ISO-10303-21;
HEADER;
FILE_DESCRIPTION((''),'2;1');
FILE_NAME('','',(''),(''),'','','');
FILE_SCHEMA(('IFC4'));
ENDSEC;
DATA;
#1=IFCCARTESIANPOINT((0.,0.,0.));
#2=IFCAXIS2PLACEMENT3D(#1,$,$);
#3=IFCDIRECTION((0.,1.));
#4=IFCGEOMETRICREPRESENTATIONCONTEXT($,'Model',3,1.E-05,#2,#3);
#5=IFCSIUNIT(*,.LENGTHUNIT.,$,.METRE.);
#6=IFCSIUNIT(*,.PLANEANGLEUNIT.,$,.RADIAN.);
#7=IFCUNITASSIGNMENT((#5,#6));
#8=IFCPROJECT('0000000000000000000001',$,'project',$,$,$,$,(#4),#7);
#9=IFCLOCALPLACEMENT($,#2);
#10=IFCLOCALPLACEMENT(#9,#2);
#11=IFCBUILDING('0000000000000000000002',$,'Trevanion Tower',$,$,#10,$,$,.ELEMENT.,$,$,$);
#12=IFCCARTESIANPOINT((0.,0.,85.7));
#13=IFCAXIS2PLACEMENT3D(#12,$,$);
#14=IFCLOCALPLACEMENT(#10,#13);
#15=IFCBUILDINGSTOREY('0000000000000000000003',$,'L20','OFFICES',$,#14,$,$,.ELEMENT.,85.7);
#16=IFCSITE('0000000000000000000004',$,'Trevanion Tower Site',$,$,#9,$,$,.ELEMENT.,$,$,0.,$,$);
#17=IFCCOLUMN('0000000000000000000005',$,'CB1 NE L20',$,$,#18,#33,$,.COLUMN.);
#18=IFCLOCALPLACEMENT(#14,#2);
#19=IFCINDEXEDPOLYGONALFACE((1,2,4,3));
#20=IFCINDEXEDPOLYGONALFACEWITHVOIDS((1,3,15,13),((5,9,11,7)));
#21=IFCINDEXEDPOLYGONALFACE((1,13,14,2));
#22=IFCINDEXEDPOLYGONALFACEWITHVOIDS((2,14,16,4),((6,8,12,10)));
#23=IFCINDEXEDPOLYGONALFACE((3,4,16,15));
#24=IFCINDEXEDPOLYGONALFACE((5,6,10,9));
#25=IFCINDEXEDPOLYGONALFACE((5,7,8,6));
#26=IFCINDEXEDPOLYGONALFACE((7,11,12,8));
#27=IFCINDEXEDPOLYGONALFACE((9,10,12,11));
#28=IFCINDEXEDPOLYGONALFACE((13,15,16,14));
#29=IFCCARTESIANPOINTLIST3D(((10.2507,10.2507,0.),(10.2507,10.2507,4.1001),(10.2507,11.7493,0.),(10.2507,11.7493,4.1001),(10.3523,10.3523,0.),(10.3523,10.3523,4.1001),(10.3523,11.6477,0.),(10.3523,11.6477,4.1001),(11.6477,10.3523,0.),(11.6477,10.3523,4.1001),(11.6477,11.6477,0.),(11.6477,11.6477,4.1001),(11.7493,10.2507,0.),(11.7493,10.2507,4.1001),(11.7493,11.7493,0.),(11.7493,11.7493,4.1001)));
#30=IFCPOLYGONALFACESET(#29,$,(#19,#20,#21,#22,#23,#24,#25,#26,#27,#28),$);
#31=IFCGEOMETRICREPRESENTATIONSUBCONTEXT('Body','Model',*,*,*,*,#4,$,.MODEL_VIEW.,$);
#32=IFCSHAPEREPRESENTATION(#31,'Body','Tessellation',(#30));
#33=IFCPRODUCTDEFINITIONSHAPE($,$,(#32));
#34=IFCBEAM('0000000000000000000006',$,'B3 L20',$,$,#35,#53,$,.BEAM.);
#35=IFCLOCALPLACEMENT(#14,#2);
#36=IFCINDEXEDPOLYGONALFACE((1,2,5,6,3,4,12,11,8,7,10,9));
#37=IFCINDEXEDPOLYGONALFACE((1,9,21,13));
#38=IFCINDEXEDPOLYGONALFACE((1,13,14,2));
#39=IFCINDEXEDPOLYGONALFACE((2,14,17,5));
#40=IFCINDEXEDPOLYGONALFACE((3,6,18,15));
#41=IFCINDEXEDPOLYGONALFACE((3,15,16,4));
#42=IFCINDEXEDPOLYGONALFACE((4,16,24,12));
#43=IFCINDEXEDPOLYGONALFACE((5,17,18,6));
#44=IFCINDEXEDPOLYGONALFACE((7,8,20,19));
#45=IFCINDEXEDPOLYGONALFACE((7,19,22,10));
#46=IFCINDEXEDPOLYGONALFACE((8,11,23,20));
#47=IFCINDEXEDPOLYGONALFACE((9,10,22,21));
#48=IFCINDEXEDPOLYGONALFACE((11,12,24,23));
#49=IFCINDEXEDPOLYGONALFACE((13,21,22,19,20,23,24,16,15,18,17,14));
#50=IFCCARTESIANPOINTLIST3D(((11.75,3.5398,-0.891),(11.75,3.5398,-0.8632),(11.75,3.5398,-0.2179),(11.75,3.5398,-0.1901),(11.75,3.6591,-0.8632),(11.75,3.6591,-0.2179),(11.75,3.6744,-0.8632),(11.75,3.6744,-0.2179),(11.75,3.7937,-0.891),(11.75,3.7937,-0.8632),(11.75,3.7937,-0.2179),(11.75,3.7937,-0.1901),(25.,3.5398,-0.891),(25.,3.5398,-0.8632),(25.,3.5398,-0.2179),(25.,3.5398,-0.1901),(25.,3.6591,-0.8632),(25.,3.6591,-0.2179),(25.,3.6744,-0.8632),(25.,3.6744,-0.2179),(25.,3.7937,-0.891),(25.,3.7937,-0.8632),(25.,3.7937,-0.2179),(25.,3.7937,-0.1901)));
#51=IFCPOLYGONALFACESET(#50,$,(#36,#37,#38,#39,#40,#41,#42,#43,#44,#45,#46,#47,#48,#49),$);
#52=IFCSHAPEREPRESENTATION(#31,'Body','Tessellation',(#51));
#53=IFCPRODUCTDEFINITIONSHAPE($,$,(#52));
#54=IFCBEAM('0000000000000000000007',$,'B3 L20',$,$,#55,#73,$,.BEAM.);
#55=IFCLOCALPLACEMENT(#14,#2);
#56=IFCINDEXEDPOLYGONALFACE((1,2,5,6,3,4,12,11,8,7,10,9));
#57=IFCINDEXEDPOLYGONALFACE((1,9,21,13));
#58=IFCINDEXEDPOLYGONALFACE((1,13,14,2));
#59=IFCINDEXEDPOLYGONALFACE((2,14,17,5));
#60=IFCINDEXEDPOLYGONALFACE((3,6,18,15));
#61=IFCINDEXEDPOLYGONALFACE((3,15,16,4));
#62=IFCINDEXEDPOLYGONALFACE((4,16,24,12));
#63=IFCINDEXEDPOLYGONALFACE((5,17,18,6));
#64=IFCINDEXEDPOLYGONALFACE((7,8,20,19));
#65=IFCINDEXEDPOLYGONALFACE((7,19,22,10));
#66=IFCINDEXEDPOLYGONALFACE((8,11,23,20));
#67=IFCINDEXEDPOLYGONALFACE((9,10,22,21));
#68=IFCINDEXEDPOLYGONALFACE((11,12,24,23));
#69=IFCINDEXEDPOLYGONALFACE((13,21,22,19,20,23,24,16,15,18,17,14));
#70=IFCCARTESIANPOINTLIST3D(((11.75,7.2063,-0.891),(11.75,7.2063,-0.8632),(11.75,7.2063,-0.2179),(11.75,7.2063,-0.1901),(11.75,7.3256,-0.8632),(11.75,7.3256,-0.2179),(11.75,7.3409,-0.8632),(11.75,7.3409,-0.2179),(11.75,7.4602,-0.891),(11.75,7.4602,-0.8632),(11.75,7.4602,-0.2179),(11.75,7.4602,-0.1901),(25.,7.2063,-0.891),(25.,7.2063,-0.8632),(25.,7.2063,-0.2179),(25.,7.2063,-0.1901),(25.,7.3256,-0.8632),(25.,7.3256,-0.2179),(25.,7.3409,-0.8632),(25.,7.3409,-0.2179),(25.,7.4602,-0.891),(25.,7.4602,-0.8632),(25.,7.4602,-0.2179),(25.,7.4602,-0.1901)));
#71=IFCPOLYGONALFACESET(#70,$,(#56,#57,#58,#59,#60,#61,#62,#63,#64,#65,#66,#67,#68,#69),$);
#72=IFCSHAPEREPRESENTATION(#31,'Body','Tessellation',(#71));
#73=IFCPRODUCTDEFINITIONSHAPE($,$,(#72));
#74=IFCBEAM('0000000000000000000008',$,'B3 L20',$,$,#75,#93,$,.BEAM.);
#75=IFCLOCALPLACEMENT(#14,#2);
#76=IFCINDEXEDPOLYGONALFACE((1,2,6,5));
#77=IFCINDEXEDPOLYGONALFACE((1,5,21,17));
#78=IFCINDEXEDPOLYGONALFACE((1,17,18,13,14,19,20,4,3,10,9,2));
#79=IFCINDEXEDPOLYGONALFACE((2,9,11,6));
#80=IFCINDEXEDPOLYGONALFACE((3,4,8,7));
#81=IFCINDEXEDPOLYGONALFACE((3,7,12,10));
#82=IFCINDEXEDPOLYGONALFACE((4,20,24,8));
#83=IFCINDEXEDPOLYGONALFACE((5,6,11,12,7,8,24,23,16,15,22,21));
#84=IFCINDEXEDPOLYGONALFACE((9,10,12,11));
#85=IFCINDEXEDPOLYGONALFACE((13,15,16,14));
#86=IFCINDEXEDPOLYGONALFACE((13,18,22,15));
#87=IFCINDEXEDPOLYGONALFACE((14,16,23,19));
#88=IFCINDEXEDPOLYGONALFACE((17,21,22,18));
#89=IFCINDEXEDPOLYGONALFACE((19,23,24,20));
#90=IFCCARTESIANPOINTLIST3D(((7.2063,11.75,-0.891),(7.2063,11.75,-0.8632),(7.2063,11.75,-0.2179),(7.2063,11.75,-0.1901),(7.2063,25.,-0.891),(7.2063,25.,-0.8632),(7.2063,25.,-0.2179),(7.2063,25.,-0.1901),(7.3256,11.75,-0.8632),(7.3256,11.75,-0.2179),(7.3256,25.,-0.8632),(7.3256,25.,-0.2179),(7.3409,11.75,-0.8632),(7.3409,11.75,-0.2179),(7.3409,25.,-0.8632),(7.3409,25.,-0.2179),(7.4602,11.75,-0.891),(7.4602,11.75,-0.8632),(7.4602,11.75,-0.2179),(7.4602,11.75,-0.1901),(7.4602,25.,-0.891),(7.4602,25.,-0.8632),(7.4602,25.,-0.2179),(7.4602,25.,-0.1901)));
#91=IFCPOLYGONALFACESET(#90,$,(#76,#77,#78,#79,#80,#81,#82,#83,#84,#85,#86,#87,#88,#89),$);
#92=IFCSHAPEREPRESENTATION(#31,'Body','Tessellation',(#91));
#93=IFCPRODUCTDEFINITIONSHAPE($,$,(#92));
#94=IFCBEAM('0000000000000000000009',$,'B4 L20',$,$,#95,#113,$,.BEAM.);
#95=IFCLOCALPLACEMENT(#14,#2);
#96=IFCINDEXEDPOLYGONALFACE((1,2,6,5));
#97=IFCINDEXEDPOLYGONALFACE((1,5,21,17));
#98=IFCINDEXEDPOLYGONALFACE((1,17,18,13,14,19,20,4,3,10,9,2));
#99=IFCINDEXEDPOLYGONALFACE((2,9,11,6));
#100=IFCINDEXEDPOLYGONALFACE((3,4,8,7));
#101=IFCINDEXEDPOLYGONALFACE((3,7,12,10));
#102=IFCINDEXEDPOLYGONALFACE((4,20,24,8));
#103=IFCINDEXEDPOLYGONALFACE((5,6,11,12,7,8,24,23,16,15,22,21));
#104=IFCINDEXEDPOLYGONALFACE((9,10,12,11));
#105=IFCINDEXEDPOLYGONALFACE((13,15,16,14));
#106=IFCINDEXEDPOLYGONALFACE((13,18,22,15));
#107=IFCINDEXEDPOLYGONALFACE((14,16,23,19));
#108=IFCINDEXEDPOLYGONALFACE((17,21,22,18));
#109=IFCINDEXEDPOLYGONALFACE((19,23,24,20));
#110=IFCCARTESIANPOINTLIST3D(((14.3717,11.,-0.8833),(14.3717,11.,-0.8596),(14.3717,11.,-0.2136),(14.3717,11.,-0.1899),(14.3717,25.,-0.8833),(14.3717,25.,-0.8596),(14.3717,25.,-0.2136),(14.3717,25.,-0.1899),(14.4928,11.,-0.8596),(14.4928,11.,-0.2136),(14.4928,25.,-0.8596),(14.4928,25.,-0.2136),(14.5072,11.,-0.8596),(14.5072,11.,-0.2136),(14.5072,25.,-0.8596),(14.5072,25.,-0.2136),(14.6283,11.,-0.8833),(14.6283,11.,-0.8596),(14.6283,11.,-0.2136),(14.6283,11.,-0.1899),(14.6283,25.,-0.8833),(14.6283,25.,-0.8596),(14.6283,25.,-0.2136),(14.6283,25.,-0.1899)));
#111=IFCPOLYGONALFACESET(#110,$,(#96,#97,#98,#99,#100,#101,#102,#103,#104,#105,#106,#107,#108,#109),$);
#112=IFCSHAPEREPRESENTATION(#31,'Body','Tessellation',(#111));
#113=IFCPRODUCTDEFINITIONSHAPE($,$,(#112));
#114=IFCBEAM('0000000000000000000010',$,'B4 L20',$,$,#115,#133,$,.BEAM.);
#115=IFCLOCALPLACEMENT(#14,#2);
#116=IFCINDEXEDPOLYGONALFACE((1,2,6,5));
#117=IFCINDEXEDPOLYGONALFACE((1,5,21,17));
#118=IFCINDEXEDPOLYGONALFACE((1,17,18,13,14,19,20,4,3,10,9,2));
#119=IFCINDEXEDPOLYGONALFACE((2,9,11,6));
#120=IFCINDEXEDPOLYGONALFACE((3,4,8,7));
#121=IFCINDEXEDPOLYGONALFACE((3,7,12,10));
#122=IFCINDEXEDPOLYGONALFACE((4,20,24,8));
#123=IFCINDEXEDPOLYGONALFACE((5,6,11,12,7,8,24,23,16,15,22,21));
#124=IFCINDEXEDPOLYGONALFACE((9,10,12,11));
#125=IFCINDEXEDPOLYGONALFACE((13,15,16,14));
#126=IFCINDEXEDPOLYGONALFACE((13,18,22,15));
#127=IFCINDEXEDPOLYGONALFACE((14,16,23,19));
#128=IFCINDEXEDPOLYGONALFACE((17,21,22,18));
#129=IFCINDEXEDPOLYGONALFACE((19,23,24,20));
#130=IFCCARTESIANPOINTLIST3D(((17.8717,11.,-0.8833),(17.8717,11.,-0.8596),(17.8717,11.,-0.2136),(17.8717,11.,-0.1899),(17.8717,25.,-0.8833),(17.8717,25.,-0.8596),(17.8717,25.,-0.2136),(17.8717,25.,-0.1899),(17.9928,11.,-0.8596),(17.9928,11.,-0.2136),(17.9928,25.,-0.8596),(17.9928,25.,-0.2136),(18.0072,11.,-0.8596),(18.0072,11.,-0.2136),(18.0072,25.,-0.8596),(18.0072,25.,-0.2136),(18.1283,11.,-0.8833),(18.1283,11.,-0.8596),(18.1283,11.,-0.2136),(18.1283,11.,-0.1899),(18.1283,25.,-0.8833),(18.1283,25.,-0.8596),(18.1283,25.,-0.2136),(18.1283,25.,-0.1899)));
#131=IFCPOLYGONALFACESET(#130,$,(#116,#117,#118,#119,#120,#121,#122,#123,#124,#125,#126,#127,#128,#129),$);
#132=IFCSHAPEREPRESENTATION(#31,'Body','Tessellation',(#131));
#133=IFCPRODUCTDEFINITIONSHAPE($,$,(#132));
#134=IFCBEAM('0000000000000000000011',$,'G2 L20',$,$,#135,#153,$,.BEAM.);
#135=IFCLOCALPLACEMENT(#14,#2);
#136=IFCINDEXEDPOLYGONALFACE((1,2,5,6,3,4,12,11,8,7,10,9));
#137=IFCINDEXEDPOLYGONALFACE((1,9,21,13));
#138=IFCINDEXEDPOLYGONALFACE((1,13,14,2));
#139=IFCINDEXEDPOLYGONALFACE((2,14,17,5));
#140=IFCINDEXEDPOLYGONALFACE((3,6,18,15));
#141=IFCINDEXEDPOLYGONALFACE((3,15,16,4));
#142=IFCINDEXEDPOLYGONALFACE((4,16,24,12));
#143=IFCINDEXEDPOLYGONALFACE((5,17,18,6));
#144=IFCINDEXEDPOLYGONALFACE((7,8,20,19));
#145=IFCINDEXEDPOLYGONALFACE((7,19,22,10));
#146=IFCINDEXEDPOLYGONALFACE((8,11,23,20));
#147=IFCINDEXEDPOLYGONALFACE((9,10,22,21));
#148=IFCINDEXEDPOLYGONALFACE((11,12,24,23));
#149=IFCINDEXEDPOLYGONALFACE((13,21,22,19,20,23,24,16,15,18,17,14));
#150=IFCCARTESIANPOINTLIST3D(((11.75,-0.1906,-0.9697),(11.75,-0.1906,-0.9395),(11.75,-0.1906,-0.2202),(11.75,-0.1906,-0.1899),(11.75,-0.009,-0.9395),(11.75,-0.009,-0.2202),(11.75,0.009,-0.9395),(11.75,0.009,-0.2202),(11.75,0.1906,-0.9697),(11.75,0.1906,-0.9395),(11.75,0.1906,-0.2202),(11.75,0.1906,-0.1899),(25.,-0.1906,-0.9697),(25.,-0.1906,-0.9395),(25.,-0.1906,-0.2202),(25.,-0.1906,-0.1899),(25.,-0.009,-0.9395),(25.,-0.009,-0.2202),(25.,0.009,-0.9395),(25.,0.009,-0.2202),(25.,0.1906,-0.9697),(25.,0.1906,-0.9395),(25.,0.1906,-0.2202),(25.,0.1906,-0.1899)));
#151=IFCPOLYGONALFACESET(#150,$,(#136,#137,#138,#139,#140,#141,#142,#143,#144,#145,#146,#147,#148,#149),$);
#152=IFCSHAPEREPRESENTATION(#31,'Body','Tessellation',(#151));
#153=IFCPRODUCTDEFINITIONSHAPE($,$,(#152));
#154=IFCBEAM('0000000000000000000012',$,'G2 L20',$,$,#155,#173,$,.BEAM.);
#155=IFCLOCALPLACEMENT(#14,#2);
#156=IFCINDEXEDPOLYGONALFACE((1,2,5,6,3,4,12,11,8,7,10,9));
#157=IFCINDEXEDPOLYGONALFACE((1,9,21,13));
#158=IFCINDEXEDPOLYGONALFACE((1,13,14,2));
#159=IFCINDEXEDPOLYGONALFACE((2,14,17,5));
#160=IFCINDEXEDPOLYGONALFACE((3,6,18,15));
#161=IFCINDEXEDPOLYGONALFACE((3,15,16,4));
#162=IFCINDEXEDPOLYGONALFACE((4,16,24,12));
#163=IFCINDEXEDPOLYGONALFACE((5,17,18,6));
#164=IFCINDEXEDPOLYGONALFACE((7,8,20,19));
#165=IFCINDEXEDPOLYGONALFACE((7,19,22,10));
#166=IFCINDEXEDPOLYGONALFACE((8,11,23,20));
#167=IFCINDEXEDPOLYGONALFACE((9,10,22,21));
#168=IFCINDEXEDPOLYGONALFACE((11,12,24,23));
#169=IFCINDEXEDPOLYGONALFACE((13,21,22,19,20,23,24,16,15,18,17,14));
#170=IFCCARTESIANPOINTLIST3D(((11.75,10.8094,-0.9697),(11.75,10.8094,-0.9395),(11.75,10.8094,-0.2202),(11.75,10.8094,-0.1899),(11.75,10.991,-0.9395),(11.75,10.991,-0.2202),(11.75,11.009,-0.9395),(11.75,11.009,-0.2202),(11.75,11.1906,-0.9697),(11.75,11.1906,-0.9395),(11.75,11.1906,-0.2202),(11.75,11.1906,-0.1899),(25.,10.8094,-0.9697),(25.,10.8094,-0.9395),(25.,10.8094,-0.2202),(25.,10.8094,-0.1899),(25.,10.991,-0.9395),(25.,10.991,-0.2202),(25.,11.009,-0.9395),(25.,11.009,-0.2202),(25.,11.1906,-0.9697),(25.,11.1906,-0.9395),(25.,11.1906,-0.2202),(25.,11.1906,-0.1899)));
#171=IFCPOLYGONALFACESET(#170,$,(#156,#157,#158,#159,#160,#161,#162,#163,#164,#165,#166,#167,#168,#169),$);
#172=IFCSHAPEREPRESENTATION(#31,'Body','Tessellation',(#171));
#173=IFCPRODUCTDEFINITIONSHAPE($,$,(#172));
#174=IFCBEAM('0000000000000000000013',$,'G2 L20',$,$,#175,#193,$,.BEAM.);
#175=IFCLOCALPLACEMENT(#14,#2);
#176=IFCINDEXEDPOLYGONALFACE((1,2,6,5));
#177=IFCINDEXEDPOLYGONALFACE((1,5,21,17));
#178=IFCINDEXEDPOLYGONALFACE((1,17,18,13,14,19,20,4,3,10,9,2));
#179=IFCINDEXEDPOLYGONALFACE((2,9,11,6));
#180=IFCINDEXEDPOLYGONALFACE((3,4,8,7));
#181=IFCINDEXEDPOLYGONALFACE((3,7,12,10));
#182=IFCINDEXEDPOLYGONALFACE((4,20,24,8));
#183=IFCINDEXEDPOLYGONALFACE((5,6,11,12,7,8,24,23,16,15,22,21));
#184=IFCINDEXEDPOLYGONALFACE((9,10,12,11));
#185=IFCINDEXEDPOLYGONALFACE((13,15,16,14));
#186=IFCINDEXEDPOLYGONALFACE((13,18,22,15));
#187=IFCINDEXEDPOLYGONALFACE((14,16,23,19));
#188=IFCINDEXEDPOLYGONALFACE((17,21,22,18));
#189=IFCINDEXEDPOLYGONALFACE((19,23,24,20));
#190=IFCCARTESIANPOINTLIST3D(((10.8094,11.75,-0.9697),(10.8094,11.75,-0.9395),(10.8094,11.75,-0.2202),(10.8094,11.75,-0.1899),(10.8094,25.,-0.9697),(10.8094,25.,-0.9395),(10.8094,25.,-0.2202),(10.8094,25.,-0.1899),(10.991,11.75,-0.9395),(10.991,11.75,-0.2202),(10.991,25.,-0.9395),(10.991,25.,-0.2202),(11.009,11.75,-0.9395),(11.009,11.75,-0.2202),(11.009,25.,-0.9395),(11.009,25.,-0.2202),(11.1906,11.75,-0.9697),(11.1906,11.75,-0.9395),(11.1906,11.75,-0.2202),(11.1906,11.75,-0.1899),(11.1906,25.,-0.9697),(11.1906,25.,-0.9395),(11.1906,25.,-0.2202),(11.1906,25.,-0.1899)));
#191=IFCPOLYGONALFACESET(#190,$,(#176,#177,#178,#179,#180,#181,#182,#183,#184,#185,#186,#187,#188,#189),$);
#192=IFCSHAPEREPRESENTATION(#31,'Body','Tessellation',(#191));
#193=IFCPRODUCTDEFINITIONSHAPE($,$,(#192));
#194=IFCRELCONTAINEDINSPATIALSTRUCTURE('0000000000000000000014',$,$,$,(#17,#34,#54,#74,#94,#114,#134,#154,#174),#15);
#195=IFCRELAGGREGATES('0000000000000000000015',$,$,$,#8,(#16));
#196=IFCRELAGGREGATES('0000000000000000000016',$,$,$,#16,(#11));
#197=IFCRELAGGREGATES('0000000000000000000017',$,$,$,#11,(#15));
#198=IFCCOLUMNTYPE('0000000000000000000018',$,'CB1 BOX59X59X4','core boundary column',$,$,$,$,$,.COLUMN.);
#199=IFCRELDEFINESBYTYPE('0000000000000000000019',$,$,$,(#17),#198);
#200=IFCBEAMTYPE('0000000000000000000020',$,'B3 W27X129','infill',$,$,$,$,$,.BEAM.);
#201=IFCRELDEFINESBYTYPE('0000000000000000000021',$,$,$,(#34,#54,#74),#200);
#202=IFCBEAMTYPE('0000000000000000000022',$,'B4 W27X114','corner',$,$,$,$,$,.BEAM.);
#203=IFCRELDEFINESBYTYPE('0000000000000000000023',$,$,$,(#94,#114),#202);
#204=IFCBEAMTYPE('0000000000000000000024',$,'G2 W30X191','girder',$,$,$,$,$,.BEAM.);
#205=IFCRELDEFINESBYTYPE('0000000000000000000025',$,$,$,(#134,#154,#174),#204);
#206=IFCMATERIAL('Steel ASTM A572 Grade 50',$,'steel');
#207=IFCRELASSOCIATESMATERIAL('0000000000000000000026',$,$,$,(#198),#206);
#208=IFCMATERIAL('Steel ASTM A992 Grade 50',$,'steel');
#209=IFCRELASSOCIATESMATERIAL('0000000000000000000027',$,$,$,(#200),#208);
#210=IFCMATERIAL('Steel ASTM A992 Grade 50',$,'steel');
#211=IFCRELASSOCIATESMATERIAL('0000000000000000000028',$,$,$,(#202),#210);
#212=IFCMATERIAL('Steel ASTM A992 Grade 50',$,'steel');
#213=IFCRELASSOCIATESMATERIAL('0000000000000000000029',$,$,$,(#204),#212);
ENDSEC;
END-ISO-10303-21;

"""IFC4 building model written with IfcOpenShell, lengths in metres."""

from ifc_helpers import new_model, si_unit, direction, frame, origin, origin_2d, place, context, subcontext, project, spatial, hollow_rectangle, i_section, extrude, material, material_profile, profile_set, type_object, element, save


model = new_model("IFC4")

# Units and contexts
model_context = context("Model", 3, precision=1e-05, world=origin(), true_north=direction((0.0, 1.0)))
body_context = subcontext(model_context, "Body", "Model", "MODEL_VIEW")
ifc_project = project(units=[si_unit("LENGTHUNIT", "METRE"), si_unit("PLANEANGLEUNIT", "RADIAN")], contexts=[model_context])

# Site, building, storey
site_placement = place(None, origin())
site = spatial("IfcSite", under=ifc_project, at=site_placement, Name="Trevanion Tower Site", CompositionType="ELEMENT", RefElevation=0.0)
building_placement = place(site_placement, origin())
building = spatial("IfcBuilding", under=site, at=building_placement, Name="Trevanion Tower", CompositionType="ELEMENT")
storey_placement = place(building_placement, frame((0.0, 0.0, 85.7)))
storey = spatial("IfcBuildingStorey", under=building, at=storey_placement, Name="L20", Description="OFFICES", CompositionType="ELEMENT", Elevation=85.7)

# Column
ifc_material_1 = material(Name="Steel ASTM A572 Grade 50", Category="steel")
ifc_material_profile_1 = material_profile(ifc_material_1, hollow_rectangle(XDim=1.4985, YDim=1.4985, WallThickness=0.1016, at=origin_2d()), Name="BOX59X59X4")
ifc_profile_set_1 = profile_set([ifc_material_profile_1], Name="Steel ASTM A572 Grade 50")
column_type = type_object("IfcColumnType", Name="CB1 BOX59X59X4", Description="core boundary column", PredefinedType="COLUMN", material=ifc_profile_set_1)
column_placement = place(storey_placement, frame((11.0, 11.0, 0.0), z_axis=(0.0, 0.0, 1.0), x_axis=(1.0, 0.0, 0.0)))
element("IfcColumn", 1, at=column_placement, inside=storey, type_object=column_type, Name="CB1 NE L20", PredefinedType="COLUMN", context=body_context, shape_type="SweptSolid", body=[
    extrude(hollow_rectangle(XDim=1.4985, YDim=1.4985, WallThickness=0.1016, at=origin_2d()), origin(), (0.0, 0.0, 1.0), 4.1001),
])

# Beams
ifc_material_2 = material(Name="Steel ASTM A992 Grade 50", Category="steel")
ifc_material_profile_2 = material_profile(ifc_material_2, i_section(OverallWidth=0.2539, OverallDepth=0.7009, WebThickness=0.0154, FlangeThickness=0.0278, at=origin_2d()), Name="W27X129")
ifc_profile_set_2 = profile_set([ifc_material_profile_2], Name="Steel ASTM A992 Grade 50")
beam_type_1 = type_object("IfcBeamType", Name="B3 W27X129", Description="infill", PredefinedType="BEAM", material=ifc_profile_set_2)
for number, where, z_axis, x_axis, name in (
    (2, (11.75, 3.6667, -0.5405), (1.0, 0.0, 0.0), (0.0, 1.0, 0.0), "B3 L20"),
    (3, (11.75, 7.3333, -0.5405), (1.0, 0.0, 0.0), (0.0, 1.0, 0.0), "B3 L20"),
    (4, (7.3333, 11.75, -0.5405), (0.0, 1.0, 0.0), (-1.0, 0.0, 0.0), "B3 L20"),
):
    element("IfcBeam", number, at=place(storey_placement, frame(where, z_axis=z_axis, x_axis=x_axis)), inside=storey, type_object=beam_type_1, Name=name, PredefinedType="BEAM", context=body_context, shape_type="SweptSolid", body=[
        extrude(i_section(OverallWidth=0.2539, OverallDepth=0.7009, WebThickness=0.0154, FlangeThickness=0.0278, at=origin_2d()), origin(), (0.0, 0.0, 1.0), 13.25),
    ])
ifc_material_3 = material(Name="Steel ASTM A992 Grade 50", Category="steel")
ifc_material_profile_3 = material_profile(ifc_material_3, i_section(OverallWidth=0.2566, OverallDepth=0.6934, WebThickness=0.0144, FlangeThickness=0.0237, at=origin_2d()), Name="W27X114")
ifc_profile_set_3 = profile_set([ifc_material_profile_3], Name="Steel ASTM A992 Grade 50")
beam_type_2 = type_object("IfcBeamType", Name="B4 W27X114", Description="corner", PredefinedType="BEAM", material=ifc_profile_set_3)
for number, where, z_axis, x_axis, name in (
    (5, (14.5, 11.0, -0.5366), (0.0, 1.0, 0.0), (-1.0, 0.0, 0.0), "B4 L20"),
    (6, (18.0, 11.0, -0.5366), (0.0, 1.0, 0.0), (-1.0, 0.0, 0.0), "B4 L20"),
):
    element("IfcBeam", number, at=place(storey_placement, frame(where, z_axis=z_axis, x_axis=x_axis)), inside=storey, type_object=beam_type_2, Name=name, PredefinedType="BEAM", context=body_context, shape_type="SweptSolid", body=[
        extrude(i_section(OverallWidth=0.2566, OverallDepth=0.6934, WebThickness=0.0144, FlangeThickness=0.0237, at=origin_2d()), origin(), (0.0, 0.0, 1.0), 14.0),
    ])
ifc_material_4 = material(Name="Steel ASTM A992 Grade 50", Category="steel")
ifc_material_profile_4 = material_profile(ifc_material_4, i_section(OverallWidth=0.3811, OverallDepth=0.7798, WebThickness=0.0181, FlangeThickness=0.0303, at=origin_2d()), Name="W30X191")
ifc_profile_set_4 = profile_set([ifc_material_profile_4], Name="Steel ASTM A992 Grade 50")
beam_type_3 = type_object("IfcBeamType", Name="G2 W30X191", Description="girder", PredefinedType="BEAM", material=ifc_profile_set_4)
for number, where, z_axis, x_axis, name in (
    (7, (11.75, 0.0, -0.5798), (1.0, 0.0, 0.0), (0.0, 1.0, 0.0), "G2 L20"),
    (8, (11.75, 11.0, -0.5798), (1.0, 0.0, 0.0), (0.0, 1.0, 0.0), "G2 L20"),
    (9, (11.0, 11.75, -0.5798), (0.0, 1.0, 0.0), (-1.0, 0.0, 0.0), "G2 L20"),
):
    element("IfcBeam", number, at=place(storey_placement, frame(where, z_axis=z_axis, x_axis=x_axis)), inside=storey, type_object=beam_type_3, Name=name, PredefinedType="BEAM", context=body_context, shape_type="SweptSolid", body=[
        extrude(i_section(OverallWidth=0.3811, OverallDepth=0.7798, WebThickness=0.0181, FlangeThickness=0.0303, at=origin_2d()), origin(), (0.0, 0.0, 1.0), 13.25),
    ])

save(model, "model.ifc")
